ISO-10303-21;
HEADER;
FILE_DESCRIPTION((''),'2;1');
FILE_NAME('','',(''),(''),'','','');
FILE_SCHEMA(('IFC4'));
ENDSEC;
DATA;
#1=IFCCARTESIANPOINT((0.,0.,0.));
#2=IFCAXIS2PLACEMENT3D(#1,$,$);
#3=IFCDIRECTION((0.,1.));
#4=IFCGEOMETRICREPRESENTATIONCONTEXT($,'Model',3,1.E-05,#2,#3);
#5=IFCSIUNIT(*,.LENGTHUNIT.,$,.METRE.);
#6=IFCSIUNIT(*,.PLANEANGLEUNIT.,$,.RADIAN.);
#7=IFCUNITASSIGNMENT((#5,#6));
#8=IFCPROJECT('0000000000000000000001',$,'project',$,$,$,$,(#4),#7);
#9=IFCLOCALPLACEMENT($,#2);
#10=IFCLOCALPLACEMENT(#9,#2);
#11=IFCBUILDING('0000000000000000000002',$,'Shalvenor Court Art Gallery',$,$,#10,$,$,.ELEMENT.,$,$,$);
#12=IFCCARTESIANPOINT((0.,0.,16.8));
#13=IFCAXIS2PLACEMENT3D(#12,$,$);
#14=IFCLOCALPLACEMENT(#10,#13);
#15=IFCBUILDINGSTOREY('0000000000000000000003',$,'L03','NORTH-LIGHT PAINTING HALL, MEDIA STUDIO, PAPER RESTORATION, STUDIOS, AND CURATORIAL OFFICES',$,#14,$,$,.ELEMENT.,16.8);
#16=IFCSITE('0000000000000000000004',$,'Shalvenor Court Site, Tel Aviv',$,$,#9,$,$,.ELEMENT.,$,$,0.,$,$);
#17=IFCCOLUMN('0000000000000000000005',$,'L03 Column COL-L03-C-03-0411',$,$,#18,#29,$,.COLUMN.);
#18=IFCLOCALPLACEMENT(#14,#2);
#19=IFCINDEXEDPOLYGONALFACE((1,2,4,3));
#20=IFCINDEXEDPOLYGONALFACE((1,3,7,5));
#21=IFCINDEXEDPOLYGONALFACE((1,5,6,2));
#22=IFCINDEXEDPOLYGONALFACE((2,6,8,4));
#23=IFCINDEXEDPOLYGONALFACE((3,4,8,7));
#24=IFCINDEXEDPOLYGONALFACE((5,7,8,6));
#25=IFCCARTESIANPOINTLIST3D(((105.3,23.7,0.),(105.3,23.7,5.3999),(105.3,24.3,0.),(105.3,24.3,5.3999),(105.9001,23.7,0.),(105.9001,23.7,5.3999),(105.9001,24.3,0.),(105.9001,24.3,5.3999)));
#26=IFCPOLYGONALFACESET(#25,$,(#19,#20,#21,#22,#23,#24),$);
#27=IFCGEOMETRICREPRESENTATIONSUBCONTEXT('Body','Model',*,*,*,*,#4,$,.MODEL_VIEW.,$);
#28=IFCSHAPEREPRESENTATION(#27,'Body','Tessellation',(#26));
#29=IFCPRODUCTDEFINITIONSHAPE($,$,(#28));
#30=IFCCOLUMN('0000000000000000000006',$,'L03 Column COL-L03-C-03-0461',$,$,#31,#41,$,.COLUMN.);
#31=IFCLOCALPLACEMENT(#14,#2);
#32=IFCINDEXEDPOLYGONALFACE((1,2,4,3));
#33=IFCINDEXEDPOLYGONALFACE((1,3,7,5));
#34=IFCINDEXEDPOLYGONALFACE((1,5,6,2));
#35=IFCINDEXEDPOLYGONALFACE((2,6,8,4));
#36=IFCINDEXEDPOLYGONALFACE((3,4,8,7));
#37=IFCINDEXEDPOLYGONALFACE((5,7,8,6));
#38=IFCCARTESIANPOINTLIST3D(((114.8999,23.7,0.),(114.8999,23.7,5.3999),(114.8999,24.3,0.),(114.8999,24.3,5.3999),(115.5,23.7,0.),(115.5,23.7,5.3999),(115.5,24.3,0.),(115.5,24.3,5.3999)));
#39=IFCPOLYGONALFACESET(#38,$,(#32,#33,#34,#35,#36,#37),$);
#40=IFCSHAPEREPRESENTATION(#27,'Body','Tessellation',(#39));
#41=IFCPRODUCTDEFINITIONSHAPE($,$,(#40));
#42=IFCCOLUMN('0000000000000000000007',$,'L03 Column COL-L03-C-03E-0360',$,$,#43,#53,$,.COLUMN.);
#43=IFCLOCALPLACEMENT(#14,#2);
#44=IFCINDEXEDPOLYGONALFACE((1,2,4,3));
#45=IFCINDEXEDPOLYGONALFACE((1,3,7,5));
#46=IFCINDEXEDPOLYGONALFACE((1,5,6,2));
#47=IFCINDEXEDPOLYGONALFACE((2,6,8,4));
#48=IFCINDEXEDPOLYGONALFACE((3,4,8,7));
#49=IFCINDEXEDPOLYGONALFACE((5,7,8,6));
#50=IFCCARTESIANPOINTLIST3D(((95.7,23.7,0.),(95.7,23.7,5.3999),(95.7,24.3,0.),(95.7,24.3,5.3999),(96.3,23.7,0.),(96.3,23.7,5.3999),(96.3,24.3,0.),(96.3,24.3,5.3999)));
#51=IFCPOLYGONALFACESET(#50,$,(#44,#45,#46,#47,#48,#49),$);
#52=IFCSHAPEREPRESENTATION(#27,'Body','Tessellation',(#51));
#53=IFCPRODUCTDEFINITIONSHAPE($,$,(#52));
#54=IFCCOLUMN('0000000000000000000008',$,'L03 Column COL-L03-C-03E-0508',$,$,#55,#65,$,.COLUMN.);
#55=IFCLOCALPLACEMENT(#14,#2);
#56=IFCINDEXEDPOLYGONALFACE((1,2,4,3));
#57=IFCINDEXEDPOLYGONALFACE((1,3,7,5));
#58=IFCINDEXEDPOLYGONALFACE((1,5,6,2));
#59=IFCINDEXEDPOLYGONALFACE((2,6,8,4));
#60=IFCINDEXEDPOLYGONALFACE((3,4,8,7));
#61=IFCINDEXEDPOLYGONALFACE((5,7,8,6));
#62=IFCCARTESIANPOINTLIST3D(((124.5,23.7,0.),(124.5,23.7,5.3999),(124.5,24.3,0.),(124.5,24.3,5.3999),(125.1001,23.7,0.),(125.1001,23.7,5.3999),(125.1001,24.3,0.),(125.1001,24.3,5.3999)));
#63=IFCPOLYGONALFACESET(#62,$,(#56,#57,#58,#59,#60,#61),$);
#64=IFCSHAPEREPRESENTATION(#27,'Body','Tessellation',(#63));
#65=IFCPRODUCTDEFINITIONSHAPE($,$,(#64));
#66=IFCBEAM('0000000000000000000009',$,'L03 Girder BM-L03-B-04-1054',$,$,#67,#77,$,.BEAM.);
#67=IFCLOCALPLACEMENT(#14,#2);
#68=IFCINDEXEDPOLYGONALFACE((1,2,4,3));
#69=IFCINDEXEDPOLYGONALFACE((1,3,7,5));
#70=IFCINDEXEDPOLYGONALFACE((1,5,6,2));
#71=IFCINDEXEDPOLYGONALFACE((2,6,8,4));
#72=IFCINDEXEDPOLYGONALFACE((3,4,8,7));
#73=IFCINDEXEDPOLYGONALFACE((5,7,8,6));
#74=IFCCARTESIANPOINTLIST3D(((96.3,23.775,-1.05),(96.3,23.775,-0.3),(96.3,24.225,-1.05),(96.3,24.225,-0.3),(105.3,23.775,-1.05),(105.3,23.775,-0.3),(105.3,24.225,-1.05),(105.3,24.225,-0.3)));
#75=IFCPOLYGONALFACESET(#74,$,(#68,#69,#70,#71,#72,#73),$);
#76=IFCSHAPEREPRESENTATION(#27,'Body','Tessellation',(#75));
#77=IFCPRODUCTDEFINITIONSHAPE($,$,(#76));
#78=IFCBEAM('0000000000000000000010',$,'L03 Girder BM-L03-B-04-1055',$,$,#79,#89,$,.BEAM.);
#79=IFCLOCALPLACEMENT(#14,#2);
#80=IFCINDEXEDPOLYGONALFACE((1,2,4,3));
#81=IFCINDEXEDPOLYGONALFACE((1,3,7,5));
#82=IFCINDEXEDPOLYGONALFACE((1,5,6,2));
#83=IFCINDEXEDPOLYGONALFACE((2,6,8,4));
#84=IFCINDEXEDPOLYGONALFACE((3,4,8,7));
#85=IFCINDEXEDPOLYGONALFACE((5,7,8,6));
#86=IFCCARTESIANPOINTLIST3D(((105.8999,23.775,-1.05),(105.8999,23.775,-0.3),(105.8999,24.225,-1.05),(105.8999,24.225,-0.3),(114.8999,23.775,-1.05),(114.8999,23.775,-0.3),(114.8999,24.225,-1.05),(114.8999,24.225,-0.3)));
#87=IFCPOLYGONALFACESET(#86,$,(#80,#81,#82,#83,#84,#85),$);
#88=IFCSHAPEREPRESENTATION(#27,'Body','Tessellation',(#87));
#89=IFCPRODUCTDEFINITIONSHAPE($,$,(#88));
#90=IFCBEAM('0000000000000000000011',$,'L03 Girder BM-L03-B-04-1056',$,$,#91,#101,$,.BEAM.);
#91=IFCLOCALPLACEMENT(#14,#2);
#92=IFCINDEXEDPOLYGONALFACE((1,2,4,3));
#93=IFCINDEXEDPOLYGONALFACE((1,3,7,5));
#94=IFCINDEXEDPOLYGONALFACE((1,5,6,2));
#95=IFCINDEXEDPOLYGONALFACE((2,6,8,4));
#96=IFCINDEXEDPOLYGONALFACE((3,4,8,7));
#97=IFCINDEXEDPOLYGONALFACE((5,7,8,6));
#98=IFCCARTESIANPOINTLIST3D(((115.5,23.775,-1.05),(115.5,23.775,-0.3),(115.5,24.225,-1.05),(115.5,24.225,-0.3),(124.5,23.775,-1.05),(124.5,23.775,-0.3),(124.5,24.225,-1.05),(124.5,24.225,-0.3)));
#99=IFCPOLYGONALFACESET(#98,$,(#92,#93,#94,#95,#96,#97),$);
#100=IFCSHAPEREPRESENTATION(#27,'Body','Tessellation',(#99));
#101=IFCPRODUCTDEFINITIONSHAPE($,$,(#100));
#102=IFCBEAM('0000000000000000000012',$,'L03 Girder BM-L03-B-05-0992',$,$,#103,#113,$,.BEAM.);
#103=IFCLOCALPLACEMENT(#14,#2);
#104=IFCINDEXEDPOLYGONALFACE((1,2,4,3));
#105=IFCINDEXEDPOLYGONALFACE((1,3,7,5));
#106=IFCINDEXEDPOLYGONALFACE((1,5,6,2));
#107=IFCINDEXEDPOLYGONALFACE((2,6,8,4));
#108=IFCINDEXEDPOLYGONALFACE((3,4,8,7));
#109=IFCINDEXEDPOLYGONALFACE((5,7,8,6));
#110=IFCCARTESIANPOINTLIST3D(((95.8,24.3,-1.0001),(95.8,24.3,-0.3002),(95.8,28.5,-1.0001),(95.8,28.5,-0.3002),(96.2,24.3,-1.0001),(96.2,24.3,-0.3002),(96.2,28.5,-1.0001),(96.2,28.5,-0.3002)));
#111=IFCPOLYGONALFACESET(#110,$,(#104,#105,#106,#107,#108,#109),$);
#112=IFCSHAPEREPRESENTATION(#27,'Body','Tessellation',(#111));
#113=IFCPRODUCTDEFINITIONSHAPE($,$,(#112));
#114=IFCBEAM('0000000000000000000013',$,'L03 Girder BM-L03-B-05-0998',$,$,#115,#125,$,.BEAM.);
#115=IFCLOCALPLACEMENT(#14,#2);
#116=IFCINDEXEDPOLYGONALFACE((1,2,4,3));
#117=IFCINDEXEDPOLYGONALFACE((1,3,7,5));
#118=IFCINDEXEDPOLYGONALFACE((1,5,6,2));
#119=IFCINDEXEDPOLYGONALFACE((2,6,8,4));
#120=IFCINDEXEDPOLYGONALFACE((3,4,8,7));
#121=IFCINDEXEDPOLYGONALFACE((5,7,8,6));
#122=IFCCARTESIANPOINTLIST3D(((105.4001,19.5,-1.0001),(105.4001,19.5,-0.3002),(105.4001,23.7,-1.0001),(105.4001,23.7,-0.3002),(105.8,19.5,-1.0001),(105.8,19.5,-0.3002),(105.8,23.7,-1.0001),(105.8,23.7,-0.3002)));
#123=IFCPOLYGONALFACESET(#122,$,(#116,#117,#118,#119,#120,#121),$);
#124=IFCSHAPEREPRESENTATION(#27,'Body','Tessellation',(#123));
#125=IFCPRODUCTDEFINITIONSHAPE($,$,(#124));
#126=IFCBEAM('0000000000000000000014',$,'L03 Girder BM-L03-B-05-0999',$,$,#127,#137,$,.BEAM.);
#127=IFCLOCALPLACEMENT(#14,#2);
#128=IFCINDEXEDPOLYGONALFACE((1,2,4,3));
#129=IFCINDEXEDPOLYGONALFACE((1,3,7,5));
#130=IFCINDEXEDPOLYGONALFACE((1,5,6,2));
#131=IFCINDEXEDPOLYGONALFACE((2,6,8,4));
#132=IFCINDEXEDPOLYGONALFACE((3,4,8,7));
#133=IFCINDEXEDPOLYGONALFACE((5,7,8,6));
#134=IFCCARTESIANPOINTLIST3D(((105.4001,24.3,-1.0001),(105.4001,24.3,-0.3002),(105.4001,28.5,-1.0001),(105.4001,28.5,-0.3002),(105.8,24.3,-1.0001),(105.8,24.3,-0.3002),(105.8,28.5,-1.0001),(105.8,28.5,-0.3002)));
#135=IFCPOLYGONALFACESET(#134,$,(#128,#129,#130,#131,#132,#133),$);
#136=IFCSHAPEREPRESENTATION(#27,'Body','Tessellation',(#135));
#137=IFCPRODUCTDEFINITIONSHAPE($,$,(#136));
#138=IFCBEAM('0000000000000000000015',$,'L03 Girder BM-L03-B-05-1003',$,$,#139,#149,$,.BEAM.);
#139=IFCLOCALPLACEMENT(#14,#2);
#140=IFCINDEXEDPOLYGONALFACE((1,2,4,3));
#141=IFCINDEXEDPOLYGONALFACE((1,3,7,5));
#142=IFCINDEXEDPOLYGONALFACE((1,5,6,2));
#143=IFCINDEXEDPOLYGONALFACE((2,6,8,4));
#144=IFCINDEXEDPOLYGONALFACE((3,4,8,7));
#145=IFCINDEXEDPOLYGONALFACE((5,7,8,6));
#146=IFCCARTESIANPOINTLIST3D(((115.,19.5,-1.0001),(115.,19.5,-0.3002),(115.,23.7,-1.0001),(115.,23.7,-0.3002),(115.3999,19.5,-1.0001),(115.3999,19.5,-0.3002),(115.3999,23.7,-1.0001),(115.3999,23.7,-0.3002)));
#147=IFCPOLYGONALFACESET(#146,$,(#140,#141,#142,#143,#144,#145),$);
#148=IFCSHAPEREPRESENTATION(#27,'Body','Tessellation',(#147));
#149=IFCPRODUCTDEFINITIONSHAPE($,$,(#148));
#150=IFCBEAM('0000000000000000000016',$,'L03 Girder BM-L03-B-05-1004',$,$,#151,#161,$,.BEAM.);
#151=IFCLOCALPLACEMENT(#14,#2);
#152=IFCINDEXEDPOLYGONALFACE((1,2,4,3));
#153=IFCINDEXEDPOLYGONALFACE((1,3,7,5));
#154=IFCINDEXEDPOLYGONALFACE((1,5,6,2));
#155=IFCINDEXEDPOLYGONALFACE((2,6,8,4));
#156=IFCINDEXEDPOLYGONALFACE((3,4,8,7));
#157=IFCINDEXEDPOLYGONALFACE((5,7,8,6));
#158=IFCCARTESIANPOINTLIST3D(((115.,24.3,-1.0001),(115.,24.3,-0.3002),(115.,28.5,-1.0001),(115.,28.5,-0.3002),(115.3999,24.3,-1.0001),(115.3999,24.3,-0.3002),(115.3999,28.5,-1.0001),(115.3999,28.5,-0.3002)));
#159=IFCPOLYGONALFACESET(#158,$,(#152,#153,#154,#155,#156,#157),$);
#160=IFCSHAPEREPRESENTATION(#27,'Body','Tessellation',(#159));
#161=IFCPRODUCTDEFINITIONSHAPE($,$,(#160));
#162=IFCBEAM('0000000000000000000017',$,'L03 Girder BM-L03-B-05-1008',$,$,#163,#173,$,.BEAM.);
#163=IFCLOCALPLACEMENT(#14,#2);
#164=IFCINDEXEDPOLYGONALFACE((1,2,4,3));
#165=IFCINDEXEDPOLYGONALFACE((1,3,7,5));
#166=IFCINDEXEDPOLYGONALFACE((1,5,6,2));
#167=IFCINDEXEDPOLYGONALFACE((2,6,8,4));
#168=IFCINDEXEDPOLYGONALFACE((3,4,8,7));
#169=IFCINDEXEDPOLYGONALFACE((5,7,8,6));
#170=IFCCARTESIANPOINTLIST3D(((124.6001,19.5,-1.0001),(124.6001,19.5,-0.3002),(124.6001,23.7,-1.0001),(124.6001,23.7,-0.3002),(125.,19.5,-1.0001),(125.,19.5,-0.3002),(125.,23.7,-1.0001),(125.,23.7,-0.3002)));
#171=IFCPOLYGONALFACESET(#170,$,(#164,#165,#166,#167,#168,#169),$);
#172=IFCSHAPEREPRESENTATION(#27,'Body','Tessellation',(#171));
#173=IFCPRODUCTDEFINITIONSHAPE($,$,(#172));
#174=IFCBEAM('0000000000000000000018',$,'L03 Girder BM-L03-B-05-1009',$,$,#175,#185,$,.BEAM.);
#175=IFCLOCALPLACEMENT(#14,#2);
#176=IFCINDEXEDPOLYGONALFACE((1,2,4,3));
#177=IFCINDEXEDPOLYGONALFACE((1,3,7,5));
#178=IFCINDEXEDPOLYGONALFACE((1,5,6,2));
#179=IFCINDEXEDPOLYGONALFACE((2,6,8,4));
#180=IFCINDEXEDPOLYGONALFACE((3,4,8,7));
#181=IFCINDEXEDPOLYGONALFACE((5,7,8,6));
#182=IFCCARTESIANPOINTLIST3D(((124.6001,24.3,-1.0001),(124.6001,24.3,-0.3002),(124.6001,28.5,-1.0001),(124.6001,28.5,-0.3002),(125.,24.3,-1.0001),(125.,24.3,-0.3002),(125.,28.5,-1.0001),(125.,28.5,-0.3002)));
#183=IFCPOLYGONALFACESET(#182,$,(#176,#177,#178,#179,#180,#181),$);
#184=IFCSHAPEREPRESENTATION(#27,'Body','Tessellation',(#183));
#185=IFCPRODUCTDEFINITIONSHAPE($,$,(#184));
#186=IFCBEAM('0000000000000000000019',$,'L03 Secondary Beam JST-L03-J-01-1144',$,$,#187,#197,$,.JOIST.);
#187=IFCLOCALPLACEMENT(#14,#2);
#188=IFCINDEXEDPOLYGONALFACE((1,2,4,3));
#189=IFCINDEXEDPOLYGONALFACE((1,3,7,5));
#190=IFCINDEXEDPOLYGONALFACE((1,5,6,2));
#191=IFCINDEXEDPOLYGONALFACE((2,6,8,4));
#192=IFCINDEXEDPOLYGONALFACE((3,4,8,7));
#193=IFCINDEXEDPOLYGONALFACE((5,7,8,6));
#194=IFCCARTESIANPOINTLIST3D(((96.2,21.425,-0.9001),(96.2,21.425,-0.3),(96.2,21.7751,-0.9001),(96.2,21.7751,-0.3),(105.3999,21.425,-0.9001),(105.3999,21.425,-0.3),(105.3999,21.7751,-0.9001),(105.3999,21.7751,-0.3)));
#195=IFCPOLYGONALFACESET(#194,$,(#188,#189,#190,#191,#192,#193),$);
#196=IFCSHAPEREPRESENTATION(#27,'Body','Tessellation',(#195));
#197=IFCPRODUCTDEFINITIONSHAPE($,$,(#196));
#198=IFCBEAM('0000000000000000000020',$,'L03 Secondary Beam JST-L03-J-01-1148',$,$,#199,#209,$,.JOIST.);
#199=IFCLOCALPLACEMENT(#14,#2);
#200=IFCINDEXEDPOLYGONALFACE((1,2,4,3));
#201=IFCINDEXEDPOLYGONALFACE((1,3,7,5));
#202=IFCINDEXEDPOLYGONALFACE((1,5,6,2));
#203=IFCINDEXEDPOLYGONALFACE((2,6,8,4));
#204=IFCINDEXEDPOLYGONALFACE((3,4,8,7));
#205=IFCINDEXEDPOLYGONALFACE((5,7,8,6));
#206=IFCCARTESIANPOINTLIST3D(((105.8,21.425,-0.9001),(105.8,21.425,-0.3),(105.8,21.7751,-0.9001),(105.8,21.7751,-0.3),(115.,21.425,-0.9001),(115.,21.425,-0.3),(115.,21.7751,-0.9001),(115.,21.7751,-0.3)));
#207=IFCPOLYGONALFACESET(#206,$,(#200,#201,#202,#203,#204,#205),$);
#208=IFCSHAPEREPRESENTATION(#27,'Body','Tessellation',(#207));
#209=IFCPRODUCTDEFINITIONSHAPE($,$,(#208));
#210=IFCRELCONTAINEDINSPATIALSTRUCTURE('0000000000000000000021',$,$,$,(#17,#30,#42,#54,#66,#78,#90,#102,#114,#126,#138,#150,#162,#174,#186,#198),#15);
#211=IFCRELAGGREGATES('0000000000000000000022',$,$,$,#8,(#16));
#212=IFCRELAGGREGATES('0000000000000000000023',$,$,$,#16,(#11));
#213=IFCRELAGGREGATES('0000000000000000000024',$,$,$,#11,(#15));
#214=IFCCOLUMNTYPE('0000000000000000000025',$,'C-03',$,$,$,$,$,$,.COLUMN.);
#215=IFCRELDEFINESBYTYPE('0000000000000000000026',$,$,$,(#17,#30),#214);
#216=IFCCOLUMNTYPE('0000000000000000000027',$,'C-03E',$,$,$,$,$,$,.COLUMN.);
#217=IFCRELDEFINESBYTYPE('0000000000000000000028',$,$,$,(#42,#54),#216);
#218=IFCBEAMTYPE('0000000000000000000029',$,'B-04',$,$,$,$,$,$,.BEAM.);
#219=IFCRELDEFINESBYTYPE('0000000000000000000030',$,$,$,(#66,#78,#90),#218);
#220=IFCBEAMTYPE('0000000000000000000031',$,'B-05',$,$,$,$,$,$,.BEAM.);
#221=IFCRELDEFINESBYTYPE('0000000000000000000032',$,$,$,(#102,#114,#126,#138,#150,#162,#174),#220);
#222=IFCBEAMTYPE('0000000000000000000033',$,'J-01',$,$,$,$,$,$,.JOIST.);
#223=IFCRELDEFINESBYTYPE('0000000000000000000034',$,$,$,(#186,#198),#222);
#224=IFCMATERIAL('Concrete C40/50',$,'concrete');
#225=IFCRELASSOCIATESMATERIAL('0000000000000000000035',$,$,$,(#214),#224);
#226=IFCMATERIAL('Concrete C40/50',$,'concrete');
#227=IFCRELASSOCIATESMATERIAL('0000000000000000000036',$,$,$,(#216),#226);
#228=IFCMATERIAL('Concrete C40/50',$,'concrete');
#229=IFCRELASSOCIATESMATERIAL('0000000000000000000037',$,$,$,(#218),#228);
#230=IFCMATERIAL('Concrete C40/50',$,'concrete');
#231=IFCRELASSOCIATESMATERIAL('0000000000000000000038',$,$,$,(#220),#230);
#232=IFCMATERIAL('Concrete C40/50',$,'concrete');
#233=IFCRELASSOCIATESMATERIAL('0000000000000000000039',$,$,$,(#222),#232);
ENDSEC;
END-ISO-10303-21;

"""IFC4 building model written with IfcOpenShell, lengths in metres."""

from ifc_helpers import new_model, si_unit, direction, frame, origin, origin_2d, place, context, subcontext, project, spatial, rectangle, extrude, material, material_profile, profile_set, type_object, element, save


model = new_model("IFC4")

# Units and contexts
model_context = context("Model", 3, precision=1e-05, world=origin(), true_north=direction((0.0, 1.0)))
body_context = subcontext(model_context, "Body", "Model", "MODEL_VIEW")
ifc_project = project(units=[si_unit("LENGTHUNIT", "METRE"), si_unit("PLANEANGLEUNIT", "RADIAN")], contexts=[model_context])

# Site, building, storey
site_placement = place(None, origin())
site = spatial("IfcSite", under=ifc_project, at=site_placement, Name="Shalvenor Court Site, Tel Aviv", CompositionType="ELEMENT", RefElevation=0.0)
building_placement = place(site_placement, origin())
building = spatial("IfcBuilding", under=site, at=building_placement, Name="Shalvenor Court Art Gallery", CompositionType="ELEMENT")
storey_placement = place(building_placement, frame((0.0, 0.0, 16.8)))
storey = spatial("IfcBuildingStorey", under=building, at=storey_placement, Name="L03", Description="NORTH-LIGHT PAINTING HALL, MEDIA STUDIO, PAPER RESTORATION, STUDIOS, AND CURATORIAL OFFICES", CompositionType="ELEMENT", Elevation=16.8)

# Columns
ifc_material_1 = material(Name="Concrete C40/50", Category="concrete")
ifc_material_profile_1 = material_profile(ifc_material_1, rectangle(XDim=0.6001, YDim=0.6001, at=origin_2d()), Name="RC 600x600")
ifc_profile_set_1 = profile_set([ifc_material_profile_1], Name="Concrete C40/50")
column_type_1 = type_object("IfcColumnType", Name="C-03", PredefinedType="COLUMN", material=ifc_profile_set_1)
for number, where, z_axis, x_axis, name in (
    (1, (105.6001, 24.0, 0.0), (0.0, 0.0, 1.0), (1.0, 0.0, 0.0), "L03 Column COL-L03-C-03-0411"),
    (2, (115.2, 24.0, 0.0), (0.0, 0.0, 1.0), (1.0, 0.0, 0.0), "L03 Column COL-L03-C-03-0461"),
):
    element("IfcColumn", number, at=place(storey_placement, frame(where, z_axis=z_axis, x_axis=x_axis)), inside=storey, type_object=column_type_1, Name=name, PredefinedType="COLUMN", context=body_context, shape_type="SweptSolid", body=[
        extrude(rectangle(XDim=0.6001, YDim=0.6001, at=origin_2d()), origin(), (0.0, 0.0, 1.0), 5.3999),
    ])
ifc_material_2 = material(Name="Concrete C40/50", Category="concrete")
ifc_material_profile_2 = material_profile(ifc_material_2, rectangle(XDim=0.6001, YDim=0.6001, at=origin_2d()), Name="RC 600x600")
ifc_profile_set_2 = profile_set([ifc_material_profile_2], Name="Concrete C40/50")
column_type_2 = type_object("IfcColumnType", Name="C-03E", PredefinedType="COLUMN", material=ifc_profile_set_2)
for number, where, z_axis, x_axis, name in (
    (3, (96.0, 24.0, 0.0), (0.0, 0.0, 1.0), (1.0, 0.0, 0.0), "L03 Column COL-L03-C-03E-0360"),
    (4, (124.8, 24.0, 0.0), (0.0, 0.0, 1.0), (1.0, 0.0, 0.0), "L03 Column COL-L03-C-03E-0508"),
):
    element("IfcColumn", number, at=place(storey_placement, frame(where, z_axis=z_axis, x_axis=x_axis)), inside=storey, type_object=column_type_2, Name=name, PredefinedType="COLUMN", context=body_context, shape_type="SweptSolid", body=[
        extrude(rectangle(XDim=0.6001, YDim=0.6001, at=origin_2d()), origin(), (0.0, 0.0, 1.0), 5.3999),
    ])

# Beams
ifc_material_3 = material(Name="Concrete C40/50", Category="concrete")
ifc_material_profile_3 = material_profile(ifc_material_3, rectangle(XDim=0.45, YDim=0.75, at=origin_2d()), Name="RC 450x750")
ifc_profile_set_3 = profile_set([ifc_material_profile_3], Name="Concrete C40/50")
beam_type_1 = type_object("IfcBeamType", Name="B-04", PredefinedType="BEAM", material=ifc_profile_set_3)
for number, where, z_axis, x_axis, name in (
    (5, (96.3, 24.0, -0.675), (1.0, 0.0, 0.0), (0.0, 1.0, 0.0), "L03 Girder BM-L03-B-04-1054"),
    (6, (105.8999, 24.0, -0.675), (1.0, 0.0, 0.0), (0.0, 1.0, 0.0), "L03 Girder BM-L03-B-04-1055"),
    (7, (115.5, 24.0, -0.675), (1.0, 0.0, 0.0), (0.0, 1.0, 0.0), "L03 Girder BM-L03-B-04-1056"),
):
    element("IfcBeam", number, at=place(storey_placement, frame(where, z_axis=z_axis, x_axis=x_axis)), inside=storey, type_object=beam_type_1, Name=name, PredefinedType="BEAM", context=body_context, shape_type="SweptSolid", body=[
        extrude(rectangle(XDim=0.45, YDim=0.75, at=origin_2d()), origin(), (0.0, 0.0, 1.0), 9.0),
    ])
ifc_material_4 = material(Name="Concrete C40/50", Category="concrete")
ifc_material_profile_4 = material_profile(ifc_material_4, rectangle(XDim=0.3999, YDim=0.7, at=origin_2d()), Name="RC 400x700")
ifc_profile_set_4 = profile_set([ifc_material_profile_4], Name="Concrete C40/50")
beam_type_2 = type_object("IfcBeamType", Name="B-05", PredefinedType="BEAM", material=ifc_profile_set_4)
for number, where, z_axis, x_axis, name in (
    (8, (96.0, 24.3, -0.6501), (0.0, 1.0, 0.0), (-1.0, 0.0, 0.0), "L03 Girder BM-L03-B-05-0992"),
    (9, (105.6001, 19.5, -0.6501), (0.0, 1.0, 0.0), (-1.0, 0.0, 0.0), "L03 Girder BM-L03-B-05-0998"),
    (10, (105.6001, 24.3, -0.6501), (0.0, 1.0, 0.0), (-1.0, 0.0, 0.0), "L03 Girder BM-L03-B-05-0999"),
    (11, (115.2, 19.5, -0.6501), (0.0, 1.0, 0.0), (-1.0, 0.0, 0.0), "L03 Girder BM-L03-B-05-1003"),
    (12, (115.2, 24.3, -0.6501), (0.0, 1.0, 0.0), (-1.0, 0.0, 0.0), "L03 Girder BM-L03-B-05-1004"),
    (13, (124.8, 19.5, -0.6501), (0.0, 1.0, 0.0), (-1.0, 0.0, 0.0), "L03 Girder BM-L03-B-05-1008"),
    (14, (124.8, 24.3, -0.6501), (0.0, 1.0, 0.0), (-1.0, 0.0, 0.0), "L03 Girder BM-L03-B-05-1009"),
):
    element("IfcBeam", number, at=place(storey_placement, frame(where, z_axis=z_axis, x_axis=x_axis)), inside=storey, type_object=beam_type_2, Name=name, PredefinedType="BEAM", context=body_context, shape_type="SweptSolid", body=[
        extrude(rectangle(XDim=0.3999, YDim=0.7, at=origin_2d()), origin(), (0.0, 0.0, 1.0), 4.2),
    ])
ifc_material_5 = material(Name="Concrete C40/50", Category="concrete")
ifc_material_profile_5 = material_profile(ifc_material_5, rectangle(XDim=0.3501, YDim=0.6001, at=origin_2d()), Name="RC 350x600")
ifc_profile_set_5 = profile_set([ifc_material_profile_5], Name="Concrete C40/50")
beam_type_3 = type_object("IfcBeamType", Name="J-01", PredefinedType="JOIST", material=ifc_profile_set_5)
for number, where, z_axis, x_axis, name in (
    (15, (96.2, 21.6001, -0.6001), (1.0, 0.0, 0.0), (0.0, 1.0, 0.0), "L03 Secondary Beam JST-L03-J-01-1144"),
    (16, (105.8, 21.6001, -0.6001), (1.0, 0.0, 0.0), (0.0, 1.0, 0.0), "L03 Secondary Beam JST-L03-J-01-1148"),
):
    element("IfcBeam", number, at=place(storey_placement, frame(where, z_axis=z_axis, x_axis=x_axis)), inside=storey, type_object=beam_type_3, Name=name, PredefinedType="JOIST", context=body_context, shape_type="SweptSolid", body=[
        extrude(rectangle(XDim=0.3501, YDim=0.6001, at=origin_2d()), origin(), (0.0, 0.0, 1.0), 9.2),
    ])

save(model, "model.ifc")
